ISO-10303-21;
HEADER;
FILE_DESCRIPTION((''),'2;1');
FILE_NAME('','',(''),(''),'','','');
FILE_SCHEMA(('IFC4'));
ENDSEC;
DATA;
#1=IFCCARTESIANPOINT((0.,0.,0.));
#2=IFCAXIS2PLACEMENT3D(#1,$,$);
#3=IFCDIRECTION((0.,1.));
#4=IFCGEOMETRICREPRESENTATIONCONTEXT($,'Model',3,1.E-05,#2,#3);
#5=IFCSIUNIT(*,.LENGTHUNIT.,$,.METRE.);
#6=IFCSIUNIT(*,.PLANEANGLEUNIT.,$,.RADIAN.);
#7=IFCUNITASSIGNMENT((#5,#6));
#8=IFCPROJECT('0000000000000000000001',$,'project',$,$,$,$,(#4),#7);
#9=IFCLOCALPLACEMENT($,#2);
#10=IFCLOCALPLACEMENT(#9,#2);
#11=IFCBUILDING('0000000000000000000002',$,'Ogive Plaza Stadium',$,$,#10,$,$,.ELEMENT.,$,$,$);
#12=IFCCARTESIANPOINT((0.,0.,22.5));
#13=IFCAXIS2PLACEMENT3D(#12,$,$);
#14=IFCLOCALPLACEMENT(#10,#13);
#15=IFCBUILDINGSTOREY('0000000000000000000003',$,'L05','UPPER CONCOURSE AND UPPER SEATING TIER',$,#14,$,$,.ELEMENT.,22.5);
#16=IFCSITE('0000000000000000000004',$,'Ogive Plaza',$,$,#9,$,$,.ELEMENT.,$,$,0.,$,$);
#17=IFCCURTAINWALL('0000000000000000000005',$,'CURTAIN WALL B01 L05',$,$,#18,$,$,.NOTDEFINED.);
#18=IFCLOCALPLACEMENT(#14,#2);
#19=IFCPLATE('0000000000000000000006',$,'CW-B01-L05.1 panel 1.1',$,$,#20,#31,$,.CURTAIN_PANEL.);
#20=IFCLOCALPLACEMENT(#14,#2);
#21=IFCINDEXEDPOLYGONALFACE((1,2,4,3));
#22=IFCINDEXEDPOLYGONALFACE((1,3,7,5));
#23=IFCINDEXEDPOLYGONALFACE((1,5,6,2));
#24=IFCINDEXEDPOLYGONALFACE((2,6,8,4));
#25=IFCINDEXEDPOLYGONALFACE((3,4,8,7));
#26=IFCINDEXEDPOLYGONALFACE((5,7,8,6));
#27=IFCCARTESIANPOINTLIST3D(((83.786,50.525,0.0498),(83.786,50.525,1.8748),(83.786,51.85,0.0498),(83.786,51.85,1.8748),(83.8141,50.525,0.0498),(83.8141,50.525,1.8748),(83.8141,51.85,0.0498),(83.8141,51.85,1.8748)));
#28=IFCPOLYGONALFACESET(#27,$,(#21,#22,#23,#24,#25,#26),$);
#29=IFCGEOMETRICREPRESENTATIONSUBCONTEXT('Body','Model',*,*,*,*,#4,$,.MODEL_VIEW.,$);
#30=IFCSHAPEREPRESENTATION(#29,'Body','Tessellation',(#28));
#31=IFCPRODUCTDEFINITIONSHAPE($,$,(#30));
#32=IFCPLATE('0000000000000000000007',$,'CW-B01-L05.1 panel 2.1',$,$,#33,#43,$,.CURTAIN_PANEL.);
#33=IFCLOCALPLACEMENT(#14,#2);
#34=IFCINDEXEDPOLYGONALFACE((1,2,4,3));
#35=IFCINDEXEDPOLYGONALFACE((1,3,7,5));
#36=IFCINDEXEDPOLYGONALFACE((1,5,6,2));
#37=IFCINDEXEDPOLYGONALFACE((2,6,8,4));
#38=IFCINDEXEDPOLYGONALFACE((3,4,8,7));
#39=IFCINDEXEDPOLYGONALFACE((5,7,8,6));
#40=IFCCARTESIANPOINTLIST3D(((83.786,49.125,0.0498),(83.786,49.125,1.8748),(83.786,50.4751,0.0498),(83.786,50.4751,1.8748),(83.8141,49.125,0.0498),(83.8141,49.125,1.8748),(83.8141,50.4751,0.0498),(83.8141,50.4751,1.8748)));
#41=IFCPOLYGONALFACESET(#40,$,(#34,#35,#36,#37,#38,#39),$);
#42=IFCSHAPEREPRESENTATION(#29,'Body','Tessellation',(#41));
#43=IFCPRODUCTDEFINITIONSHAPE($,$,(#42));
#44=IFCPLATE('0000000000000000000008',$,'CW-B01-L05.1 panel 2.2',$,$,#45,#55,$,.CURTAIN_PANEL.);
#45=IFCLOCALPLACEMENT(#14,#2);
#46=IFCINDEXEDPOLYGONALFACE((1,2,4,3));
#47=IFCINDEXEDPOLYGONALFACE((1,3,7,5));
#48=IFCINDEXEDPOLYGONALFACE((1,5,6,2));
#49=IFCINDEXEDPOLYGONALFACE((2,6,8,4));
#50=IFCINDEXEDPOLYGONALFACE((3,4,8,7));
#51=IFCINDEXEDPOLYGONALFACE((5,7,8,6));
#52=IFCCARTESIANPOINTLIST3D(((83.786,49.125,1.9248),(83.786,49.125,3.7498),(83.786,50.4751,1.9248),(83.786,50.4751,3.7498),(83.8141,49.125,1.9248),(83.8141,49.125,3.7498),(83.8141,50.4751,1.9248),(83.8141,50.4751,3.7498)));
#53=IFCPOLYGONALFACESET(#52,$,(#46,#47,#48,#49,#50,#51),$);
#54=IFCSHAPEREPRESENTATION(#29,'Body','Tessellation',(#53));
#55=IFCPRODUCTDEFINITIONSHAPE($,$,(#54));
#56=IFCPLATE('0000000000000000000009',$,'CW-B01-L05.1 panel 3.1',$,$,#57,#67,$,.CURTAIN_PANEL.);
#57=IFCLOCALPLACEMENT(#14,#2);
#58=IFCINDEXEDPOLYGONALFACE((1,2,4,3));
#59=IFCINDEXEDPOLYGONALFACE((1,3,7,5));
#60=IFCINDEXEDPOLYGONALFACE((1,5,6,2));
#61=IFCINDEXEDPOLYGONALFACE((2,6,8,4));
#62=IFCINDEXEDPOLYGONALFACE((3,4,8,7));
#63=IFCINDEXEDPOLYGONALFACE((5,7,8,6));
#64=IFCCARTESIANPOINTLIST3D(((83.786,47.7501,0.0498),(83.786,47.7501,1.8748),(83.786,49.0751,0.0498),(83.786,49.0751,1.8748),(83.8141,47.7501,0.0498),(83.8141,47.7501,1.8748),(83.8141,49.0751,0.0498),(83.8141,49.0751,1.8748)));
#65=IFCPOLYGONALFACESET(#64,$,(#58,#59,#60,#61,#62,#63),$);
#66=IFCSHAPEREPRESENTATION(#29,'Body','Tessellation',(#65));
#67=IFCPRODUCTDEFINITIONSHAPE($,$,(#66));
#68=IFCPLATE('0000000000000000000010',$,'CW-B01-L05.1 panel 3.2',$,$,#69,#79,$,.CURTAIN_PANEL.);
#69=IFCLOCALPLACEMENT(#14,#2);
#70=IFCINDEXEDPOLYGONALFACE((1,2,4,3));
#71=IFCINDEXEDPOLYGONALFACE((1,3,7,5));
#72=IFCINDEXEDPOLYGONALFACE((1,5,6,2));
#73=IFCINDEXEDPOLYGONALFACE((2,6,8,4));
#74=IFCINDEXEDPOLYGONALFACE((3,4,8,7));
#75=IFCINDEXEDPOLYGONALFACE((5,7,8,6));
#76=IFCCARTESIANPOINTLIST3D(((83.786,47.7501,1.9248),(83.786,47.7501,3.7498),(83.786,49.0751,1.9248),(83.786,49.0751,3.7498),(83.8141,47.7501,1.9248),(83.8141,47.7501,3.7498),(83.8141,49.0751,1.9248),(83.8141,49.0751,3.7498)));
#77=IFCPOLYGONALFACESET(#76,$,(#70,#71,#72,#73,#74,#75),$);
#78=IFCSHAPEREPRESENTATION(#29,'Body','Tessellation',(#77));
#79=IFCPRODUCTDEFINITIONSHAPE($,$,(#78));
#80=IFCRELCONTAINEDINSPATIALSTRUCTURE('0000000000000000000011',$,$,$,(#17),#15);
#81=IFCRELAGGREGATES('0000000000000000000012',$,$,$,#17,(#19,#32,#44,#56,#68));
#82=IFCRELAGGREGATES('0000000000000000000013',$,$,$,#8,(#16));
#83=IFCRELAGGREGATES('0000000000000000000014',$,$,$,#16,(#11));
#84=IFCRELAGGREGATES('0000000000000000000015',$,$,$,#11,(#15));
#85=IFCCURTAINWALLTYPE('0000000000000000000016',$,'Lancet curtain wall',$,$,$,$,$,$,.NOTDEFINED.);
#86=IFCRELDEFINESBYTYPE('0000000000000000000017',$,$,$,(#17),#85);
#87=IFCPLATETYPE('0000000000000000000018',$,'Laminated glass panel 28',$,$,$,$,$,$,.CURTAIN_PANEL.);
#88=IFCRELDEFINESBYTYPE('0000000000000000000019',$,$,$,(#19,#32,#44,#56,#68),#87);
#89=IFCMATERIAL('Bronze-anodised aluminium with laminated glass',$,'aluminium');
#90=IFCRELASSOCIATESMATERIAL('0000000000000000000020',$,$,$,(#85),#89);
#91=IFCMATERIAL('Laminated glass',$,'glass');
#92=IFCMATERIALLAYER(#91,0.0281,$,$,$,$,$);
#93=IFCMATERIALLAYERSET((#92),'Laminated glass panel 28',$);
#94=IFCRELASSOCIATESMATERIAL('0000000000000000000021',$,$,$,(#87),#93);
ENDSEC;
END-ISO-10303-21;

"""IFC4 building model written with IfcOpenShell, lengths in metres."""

from ifc_helpers import new_model, si_unit, direction, frame, origin, origin_2d, place, context, subcontext, project, spatial, rectangle, extrude, material, layer, layer_set, type_object, element, aggregate, save


model = new_model("IFC4")

# Units and contexts
model_context = context("Model", 3, precision=1e-05, world=origin(), true_north=direction((0.0, 1.0)))
body_context = subcontext(model_context, "Body", "Model", "MODEL_VIEW")
ifc_project = project(units=[si_unit("LENGTHUNIT", "METRE"), si_unit("PLANEANGLEUNIT", "RADIAN")], contexts=[model_context])

# Site, building, storey
site_placement = place(None, origin())
site = spatial("IfcSite", under=ifc_project, at=site_placement, Name="Ogive Plaza", CompositionType="ELEMENT", RefElevation=0.0)
building_placement = place(site_placement, origin())
building = spatial("IfcBuilding", under=site, at=building_placement, Name="Ogive Plaza Stadium", CompositionType="ELEMENT")
storey_placement = place(building_placement, frame((0.0, 0.0, 22.5)))
storey = spatial("IfcBuildingStorey", under=building, at=storey_placement, Name="L05", Description="UPPER CONCOURSE AND UPPER SEATING TIER", CompositionType="ELEMENT", Elevation=22.5)

# Curtain wall
ifc_material_1 = material(Name="Bronze-anodised aluminium with laminated glass", Category="aluminium")
curtain_wall_type = type_object("IfcCurtainWallType", Name="Lancet curtain wall", PredefinedType="NOTDEFINED", material=ifc_material_1)
curtain_wall_1_placement = place(storey_placement, origin())
curtain_wall_1 = element("IfcCurtainWall", 1, at=curtain_wall_1_placement, inside=storey, type_object=curtain_wall_type, Name="CURTAIN WALL B01 L05", PredefinedType="NOTDEFINED")

# Plates
ifc_material_2 = material(Name="Laminated glass", Category="glass")
ifc_layer = layer(ifc_material_2, 0.0281)
ifc_layer_set = layer_set([ifc_layer], Name="Laminated glass panel 28")
plate_type = type_object("IfcPlateType", Name="Laminated glass panel 28", PredefinedType="CURTAIN_PANEL", material=ifc_layer_set)
plate_1_placement = place(storey_placement, frame((83.8, 51.1875, 0.0498), z_axis=(0.0, 0.0, 1.0), x_axis=(0.0, -1.0, 0.0)))
plate_1 = element("IfcPlate", 2, at=plate_1_placement, type_object=plate_type, Name="CW-B01-L05.1 panel 1.1", PredefinedType="CURTAIN_PANEL", context=body_context, shape_type="SweptSolid", body=[
    extrude(rectangle(XDim=1.325, YDim=0.0281, at=origin_2d()), origin(), (0.0, 0.0, 1.0), 1.825),
])
plate_2_placement = place(storey_placement, frame((83.8, 49.8, 0.0498), z_axis=(0.0, 0.0, 1.0), x_axis=(0.0, -1.0, 0.0)))
plate_2 = element("IfcPlate", 3, at=plate_2_placement, type_object=plate_type, Name="CW-B01-L05.1 panel 2.1", PredefinedType="CURTAIN_PANEL", context=body_context, shape_type="SweptSolid", body=[
    extrude(rectangle(XDim=1.3501, YDim=0.0281, at=origin_2d()), origin(), (0.0, 0.0, 1.0), 1.825),
])
plate_3_placement = place(storey_placement, frame((83.8, 49.8, 1.9248), z_axis=(0.0, 0.0, 1.0), x_axis=(0.0, -1.0, 0.0)))
plate_3 = element("IfcPlate", 4, at=plate_3_placement, type_object=plate_type, Name="CW-B01-L05.1 panel 2.2", PredefinedType="CURTAIN_PANEL", context=body_context, shape_type="SweptSolid", body=[
    extrude(rectangle(XDim=1.3501, YDim=0.0281, at=origin_2d()), origin(), (0.0, 0.0, 1.0), 1.825),
])
plate_4_placement = place(storey_placement, frame((83.8, 48.4126, 0.0498), z_axis=(0.0, 0.0, 1.0), x_axis=(0.0, -1.0, 0.0)))
plate_4 = element("IfcPlate", 5, at=plate_4_placement, type_object=plate_type, Name="CW-B01-L05.1 panel 3.1", PredefinedType="CURTAIN_PANEL", context=body_context, shape_type="SweptSolid", body=[
    extrude(rectangle(XDim=1.325, YDim=0.0281, at=origin_2d()), origin(), (0.0, 0.0, 1.0), 1.825),
])
plate_5_placement = place(storey_placement, frame((83.8, 48.4126, 1.9248), z_axis=(0.0, 0.0, 1.0), x_axis=(0.0, -1.0, 0.0)))
plate_5 = element("IfcPlate", 6, at=plate_5_placement, type_object=plate_type, Name="CW-B01-L05.1 panel 3.2", PredefinedType="CURTAIN_PANEL", context=body_context, shape_type="SweptSolid", body=[
    extrude(rectangle(XDim=1.325, YDim=0.0281, at=origin_2d()), origin(), (0.0, 0.0, 1.0), 1.825),
])
aggregate(curtain_wall_1, [plate_1, plate_2, plate_3, plate_4, plate_5])

save(model, "model.ifc")
